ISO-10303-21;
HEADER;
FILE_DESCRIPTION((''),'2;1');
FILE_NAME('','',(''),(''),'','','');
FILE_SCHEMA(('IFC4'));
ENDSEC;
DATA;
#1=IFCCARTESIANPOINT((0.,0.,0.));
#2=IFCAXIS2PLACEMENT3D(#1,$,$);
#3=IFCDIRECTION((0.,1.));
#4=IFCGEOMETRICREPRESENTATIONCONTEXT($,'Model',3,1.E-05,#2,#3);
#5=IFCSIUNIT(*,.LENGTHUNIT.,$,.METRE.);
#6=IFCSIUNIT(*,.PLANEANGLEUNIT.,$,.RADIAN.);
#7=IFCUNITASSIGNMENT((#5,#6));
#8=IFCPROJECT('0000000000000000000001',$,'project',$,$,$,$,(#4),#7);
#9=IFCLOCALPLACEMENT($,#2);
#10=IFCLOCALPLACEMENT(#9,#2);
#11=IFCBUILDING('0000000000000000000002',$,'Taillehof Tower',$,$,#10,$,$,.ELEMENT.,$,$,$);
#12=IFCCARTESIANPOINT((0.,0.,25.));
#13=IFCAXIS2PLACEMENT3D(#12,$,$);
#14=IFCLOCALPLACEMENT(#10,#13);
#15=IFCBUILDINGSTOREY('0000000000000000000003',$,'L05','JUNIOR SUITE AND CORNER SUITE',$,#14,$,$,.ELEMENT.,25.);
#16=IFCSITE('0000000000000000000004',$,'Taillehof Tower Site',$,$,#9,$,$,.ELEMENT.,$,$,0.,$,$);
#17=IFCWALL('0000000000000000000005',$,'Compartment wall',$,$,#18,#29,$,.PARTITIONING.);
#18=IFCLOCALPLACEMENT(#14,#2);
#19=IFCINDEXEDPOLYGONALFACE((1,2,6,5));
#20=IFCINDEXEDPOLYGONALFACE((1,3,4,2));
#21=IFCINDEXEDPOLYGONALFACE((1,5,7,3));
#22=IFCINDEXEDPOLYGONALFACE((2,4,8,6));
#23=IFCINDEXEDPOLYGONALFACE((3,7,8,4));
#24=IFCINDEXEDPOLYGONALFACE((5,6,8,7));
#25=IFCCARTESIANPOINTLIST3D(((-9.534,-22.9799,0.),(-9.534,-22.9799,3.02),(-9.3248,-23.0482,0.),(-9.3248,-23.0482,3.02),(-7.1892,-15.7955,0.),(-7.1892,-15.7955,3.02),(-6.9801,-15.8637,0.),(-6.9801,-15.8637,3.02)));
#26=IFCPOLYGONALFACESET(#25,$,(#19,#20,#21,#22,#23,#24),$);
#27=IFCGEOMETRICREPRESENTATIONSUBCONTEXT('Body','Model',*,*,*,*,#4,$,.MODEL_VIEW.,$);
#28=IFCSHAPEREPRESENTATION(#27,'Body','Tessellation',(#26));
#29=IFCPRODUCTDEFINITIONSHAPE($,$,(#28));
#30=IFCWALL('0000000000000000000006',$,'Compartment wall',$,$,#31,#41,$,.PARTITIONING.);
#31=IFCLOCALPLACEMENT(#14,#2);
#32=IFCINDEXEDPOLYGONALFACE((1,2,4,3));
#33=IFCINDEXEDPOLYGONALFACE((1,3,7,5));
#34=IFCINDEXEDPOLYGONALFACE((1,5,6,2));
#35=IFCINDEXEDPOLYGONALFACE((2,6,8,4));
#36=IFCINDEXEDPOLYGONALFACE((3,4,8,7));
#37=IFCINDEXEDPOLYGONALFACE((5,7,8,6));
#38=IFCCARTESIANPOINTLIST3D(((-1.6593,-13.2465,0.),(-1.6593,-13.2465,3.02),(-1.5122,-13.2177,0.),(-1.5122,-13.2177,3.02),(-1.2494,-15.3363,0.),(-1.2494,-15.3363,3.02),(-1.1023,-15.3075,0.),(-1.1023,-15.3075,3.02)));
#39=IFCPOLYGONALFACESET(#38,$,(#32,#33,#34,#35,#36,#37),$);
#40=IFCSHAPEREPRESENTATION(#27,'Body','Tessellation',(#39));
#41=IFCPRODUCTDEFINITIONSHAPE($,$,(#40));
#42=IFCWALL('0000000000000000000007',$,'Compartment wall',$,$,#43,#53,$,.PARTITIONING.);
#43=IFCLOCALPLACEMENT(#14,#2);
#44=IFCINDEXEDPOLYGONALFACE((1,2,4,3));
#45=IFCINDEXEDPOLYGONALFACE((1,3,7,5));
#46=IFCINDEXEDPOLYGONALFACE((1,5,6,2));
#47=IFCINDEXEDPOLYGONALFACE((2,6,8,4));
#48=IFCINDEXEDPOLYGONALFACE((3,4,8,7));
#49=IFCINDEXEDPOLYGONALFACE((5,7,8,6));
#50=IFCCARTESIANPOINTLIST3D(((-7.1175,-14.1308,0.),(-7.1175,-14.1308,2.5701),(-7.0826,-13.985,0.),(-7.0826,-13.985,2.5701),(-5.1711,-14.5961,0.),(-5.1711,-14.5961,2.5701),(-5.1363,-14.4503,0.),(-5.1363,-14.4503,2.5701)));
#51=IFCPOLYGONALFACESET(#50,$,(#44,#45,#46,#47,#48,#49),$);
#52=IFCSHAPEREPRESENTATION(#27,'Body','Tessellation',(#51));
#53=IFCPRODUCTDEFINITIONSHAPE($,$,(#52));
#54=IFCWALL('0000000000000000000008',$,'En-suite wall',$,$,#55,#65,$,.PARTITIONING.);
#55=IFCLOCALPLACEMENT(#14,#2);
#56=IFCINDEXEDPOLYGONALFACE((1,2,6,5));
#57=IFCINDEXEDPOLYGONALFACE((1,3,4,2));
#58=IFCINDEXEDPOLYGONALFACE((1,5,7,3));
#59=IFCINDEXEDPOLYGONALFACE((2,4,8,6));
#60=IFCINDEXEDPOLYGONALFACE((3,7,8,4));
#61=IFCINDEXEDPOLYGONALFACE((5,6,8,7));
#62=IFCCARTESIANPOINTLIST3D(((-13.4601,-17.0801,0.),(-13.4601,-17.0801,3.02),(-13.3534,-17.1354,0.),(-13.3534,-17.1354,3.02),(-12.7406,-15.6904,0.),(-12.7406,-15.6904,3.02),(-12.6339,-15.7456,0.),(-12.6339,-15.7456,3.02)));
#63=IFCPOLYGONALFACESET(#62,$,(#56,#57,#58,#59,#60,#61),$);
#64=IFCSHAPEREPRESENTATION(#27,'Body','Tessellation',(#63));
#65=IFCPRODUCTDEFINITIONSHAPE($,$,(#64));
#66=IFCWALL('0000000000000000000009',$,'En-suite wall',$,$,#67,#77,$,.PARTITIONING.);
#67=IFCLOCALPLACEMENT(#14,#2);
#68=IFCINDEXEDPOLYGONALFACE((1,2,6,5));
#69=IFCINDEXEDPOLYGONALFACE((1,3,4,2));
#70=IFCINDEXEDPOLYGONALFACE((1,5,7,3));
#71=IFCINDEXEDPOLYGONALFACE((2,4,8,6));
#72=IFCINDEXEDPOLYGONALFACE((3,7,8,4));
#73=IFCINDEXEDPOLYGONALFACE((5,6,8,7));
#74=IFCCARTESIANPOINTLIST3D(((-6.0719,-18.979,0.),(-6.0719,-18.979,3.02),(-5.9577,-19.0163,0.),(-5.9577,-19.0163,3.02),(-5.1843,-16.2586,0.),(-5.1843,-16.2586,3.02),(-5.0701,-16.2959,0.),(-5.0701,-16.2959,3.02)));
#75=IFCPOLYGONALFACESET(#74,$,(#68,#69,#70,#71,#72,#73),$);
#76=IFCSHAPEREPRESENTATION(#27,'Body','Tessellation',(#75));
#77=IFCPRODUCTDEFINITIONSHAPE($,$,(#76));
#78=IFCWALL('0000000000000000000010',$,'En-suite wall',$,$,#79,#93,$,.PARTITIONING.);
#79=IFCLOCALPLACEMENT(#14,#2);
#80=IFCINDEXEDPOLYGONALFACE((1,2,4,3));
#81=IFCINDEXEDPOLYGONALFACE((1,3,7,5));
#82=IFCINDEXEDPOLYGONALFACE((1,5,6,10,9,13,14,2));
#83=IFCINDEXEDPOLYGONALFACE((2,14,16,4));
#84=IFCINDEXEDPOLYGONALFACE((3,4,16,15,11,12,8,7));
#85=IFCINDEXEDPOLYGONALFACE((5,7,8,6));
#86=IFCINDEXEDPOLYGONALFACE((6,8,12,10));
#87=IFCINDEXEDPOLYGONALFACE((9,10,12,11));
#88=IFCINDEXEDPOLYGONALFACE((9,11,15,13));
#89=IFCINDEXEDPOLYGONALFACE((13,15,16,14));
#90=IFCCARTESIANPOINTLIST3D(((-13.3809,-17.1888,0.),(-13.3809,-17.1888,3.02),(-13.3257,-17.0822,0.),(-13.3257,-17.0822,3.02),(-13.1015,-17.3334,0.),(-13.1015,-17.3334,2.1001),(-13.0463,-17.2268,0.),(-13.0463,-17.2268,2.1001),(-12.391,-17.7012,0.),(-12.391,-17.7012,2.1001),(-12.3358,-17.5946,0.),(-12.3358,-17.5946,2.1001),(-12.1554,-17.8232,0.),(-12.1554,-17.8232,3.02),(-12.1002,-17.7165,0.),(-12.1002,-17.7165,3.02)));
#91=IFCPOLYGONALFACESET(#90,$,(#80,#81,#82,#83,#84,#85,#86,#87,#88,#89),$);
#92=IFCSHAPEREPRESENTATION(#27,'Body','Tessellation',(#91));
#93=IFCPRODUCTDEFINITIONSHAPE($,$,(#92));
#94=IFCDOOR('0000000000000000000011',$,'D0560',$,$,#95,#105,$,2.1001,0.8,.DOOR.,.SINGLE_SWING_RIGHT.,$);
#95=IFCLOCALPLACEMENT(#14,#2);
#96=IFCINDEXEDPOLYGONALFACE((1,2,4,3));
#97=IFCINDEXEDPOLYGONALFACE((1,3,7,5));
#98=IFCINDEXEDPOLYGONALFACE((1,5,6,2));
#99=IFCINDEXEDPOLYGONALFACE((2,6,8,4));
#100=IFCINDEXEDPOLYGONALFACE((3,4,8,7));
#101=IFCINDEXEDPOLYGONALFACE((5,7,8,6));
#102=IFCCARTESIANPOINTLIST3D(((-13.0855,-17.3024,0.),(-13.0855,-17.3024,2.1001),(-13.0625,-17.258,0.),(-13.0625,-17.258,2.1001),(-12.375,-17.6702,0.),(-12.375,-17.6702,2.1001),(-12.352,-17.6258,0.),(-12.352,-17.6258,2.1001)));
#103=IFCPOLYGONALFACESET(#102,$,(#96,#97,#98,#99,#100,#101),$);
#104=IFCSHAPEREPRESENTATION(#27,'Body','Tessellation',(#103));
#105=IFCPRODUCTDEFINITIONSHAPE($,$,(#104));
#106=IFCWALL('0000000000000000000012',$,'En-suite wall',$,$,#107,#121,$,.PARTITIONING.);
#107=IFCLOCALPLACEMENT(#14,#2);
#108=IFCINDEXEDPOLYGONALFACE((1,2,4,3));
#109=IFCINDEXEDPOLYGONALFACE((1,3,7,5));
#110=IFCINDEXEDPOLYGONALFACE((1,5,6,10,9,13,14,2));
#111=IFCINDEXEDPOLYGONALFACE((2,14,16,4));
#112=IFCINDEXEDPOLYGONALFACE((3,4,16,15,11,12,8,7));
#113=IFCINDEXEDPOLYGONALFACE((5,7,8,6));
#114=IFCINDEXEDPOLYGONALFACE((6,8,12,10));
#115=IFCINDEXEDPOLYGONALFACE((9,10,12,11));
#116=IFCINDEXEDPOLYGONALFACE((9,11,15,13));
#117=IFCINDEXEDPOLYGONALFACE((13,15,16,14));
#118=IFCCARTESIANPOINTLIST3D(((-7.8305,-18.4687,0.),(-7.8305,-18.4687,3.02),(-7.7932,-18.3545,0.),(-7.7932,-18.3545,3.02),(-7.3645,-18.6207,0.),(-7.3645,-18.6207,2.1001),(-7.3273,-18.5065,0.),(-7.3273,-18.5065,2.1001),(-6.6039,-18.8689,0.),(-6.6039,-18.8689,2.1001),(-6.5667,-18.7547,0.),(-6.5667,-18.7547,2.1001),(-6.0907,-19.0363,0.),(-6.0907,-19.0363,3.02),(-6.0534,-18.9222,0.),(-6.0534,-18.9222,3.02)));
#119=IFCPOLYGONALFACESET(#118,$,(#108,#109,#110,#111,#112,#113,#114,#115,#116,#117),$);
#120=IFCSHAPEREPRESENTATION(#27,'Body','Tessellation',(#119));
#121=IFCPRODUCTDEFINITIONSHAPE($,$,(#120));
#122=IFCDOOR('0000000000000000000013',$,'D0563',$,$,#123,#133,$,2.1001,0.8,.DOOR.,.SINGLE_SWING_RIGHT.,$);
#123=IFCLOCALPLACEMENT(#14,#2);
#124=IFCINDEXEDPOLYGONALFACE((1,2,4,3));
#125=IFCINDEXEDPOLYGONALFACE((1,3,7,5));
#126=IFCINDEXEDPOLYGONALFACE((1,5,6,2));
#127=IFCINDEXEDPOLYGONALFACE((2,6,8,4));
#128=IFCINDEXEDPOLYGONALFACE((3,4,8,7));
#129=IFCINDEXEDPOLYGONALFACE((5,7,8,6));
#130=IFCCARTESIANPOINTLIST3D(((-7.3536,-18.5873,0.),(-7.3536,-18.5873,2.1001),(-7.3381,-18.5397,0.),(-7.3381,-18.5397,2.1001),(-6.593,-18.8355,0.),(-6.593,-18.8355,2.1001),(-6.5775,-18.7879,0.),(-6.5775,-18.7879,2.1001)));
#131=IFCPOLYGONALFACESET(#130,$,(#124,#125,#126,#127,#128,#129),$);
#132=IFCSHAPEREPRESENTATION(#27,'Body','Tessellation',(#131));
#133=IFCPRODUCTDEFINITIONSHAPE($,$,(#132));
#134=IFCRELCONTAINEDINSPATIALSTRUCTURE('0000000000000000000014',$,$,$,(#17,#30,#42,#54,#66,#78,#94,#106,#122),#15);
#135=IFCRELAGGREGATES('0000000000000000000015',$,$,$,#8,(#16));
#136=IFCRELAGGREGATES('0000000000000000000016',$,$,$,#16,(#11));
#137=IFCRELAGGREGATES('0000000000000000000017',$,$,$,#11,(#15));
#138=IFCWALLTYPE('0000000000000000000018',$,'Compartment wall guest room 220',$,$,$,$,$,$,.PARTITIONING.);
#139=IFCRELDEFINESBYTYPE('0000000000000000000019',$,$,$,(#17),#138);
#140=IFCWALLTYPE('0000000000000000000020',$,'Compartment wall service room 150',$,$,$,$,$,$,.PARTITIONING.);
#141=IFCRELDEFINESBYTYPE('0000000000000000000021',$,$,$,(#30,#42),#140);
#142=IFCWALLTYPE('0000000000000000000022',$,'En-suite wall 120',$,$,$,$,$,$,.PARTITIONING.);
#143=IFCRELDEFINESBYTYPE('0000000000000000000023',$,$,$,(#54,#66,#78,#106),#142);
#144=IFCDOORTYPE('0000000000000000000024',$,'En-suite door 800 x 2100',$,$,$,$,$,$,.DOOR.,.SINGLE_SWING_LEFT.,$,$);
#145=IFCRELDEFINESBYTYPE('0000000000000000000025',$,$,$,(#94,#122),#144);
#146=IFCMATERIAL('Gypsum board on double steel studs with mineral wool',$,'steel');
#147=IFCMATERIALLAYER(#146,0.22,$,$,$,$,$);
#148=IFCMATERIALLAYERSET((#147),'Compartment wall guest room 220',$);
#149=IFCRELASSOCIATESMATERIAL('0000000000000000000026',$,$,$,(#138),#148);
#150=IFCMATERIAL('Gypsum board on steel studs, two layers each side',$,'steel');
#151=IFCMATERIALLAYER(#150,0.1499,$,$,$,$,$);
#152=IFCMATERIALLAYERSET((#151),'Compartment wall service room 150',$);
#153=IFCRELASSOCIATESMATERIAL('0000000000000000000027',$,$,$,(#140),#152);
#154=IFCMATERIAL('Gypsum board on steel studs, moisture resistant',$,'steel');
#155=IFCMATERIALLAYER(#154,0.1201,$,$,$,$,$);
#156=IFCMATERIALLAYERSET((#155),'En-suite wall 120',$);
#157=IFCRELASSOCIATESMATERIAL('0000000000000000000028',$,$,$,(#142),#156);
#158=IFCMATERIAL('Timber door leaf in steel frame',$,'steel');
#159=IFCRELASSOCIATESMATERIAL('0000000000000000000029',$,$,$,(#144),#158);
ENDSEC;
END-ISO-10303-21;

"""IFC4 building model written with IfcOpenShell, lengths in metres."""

from ifc_helpers import new_model, si_unit, direction, frame, frame_2d, origin, place, context, subcontext, project, spatial, rectangle, extrude, material, layer, layer_set, type_object, element, fill, save


model = new_model("IFC4")

# Units and contexts
model_context = context("Model", 3, precision=1e-05, world=origin(), true_north=direction((0.0, 1.0)))
body_context = subcontext(model_context, "Body", "Model", "MODEL_VIEW")
ifc_project = project(units=[si_unit("LENGTHUNIT", "METRE"), si_unit("PLANEANGLEUNIT", "RADIAN")], contexts=[model_context])

# Site, building, storey
site_placement = place(None, origin())
site = spatial("IfcSite", under=ifc_project, at=site_placement, Name="Taillehof Tower Site", CompositionType="ELEMENT", RefElevation=0.0)
building_placement = place(site_placement, origin())
building = spatial("IfcBuilding", under=site, at=building_placement, Name="Taillehof Tower", CompositionType="ELEMENT")
storey_placement = place(building_placement, frame((0.0, 0.0, 25.0)))
storey = spatial("IfcBuildingStorey", under=building, at=storey_placement, Name="L05", Description="JUNIOR SUITE AND CORNER SUITE", CompositionType="ELEMENT", Elevation=25.0)

# Walls
ifc_material_1 = material(Name="Gypsum board on double steel studs with mineral wool", Category="steel")
ifc_layer_1 = layer(ifc_material_1, 0.22)
ifc_layer_set_1 = layer_set([ifc_layer_1], Name="Compartment wall guest room 220")
wall_type_1 = type_object("IfcWallType", Name="Compartment wall guest room 220", PredefinedType="PARTITIONING", material=ifc_layer_set_1)
wall_1_placement = place(storey_placement, frame((-9.4294, -23.0142, 0.0), z_axis=(0.0, 0.0, 1.0), x_axis=(0.310261, 0.950651, 0.0)))
element("IfcWall", 1, at=wall_1_placement, inside=storey, type_object=wall_type_1, Name="Compartment wall", PredefinedType="PARTITIONING", context=body_context, shape_type="SweptSolid", body=[
    extrude(rectangle(XDim=7.5574, YDim=0.22, at=frame_2d((3.7788, 0.0))), origin(), (0.0, 0.0, 1.0), 3.02),
])
ifc_material_2 = material(Name="Gypsum board on steel studs, two layers each side", Category="steel")
ifc_layer_2 = layer(ifc_material_2, 0.1499)
ifc_layer_set_2 = layer_set([ifc_layer_2], Name="Compartment wall service room 150")
wall_type_2 = type_object("IfcWallType", Name="Compartment wall service room 150", PredefinedType="PARTITIONING", material=ifc_layer_set_2)
wall_2_placement = place(storey_placement, frame((-1.1758, -15.322, 0.0), z_axis=(0.0, 0.0, 1.0), x_axis=(-0.192477, 0.981301, 0.0)))
element("IfcWall", 2, at=wall_2_placement, inside=storey, type_object=wall_type_2, Name="Compartment wall", PredefinedType="PARTITIONING", context=body_context, shape_type="SweptSolid", body=[
    extrude(rectangle(XDim=2.1296, YDim=0.1499, at=frame_2d((1.0649, 0.0))), origin(), (0.0, 0.0, 1.0), 3.02),
])
wall_3_placement = place(storey_placement, frame((-5.1538, -14.5232, 0.0), z_axis=(0.0, 0.0, 1.0), x_axis=(-0.972588, 0.232533, 0.0)))
element("IfcWall", 3, at=wall_3_placement, inside=storey, type_object=wall_type_2, Name="Compartment wall", PredefinedType="PARTITIONING", context=body_context, shape_type="SweptSolid", body=[
    extrude(rectangle(XDim=2.0012, YDim=0.1499, at=frame_2d((1.0005, 0.0))), origin(), (0.0, 0.0, 1.0), 2.5701),
])
ifc_material_3 = material(Name="Gypsum board on steel studs, moisture resistant", Category="steel")
ifc_layer_3 = layer(ifc_material_3, 0.1201)
ifc_layer_set_3 = layer_set([ifc_layer_3], Name="En-suite wall 120")
wall_type_3 = type_object("IfcWallType", Name="En-suite wall 120", PredefinedType="PARTITIONING", material=ifc_layer_set_3)
wall_4_placement = place(storey_placement, frame((-12.6873, -15.718, 0.0), z_axis=(0.0, 0.0, 1.0), x_axis=(-0.459775, -0.888035, 0.0)))
element("IfcWall", 4, at=wall_4_placement, inside=storey, type_object=wall_type_3, Name="En-suite wall", PredefinedType="PARTITIONING", context=body_context, shape_type="SweptSolid", body=[
    extrude(rectangle(XDim=1.5649, YDim=0.1201, at=frame_2d((0.7825, 0.0))), origin(), (0.0, 0.0, 1.0), 3.02),
])
wall_5_placement = place(storey_placement, frame((-5.1272, -16.2773, 0.0), z_axis=(0.0, 0.0, 1.0), x_axis=(-0.310207, -0.950669, 0.0)))
element("IfcWall", 5, at=wall_5_placement, inside=storey, type_object=wall_type_3, Name="En-suite wall", PredefinedType="PARTITIONING", context=body_context, shape_type="SweptSolid", body=[
    extrude(rectangle(XDim=2.8616, YDim=0.1201, at=frame_2d((1.4307, 0.0))), origin(), (0.0, 0.0, 1.0), 3.02),
])

# Walls, openings, doors
wall_6_placement = place(storey_placement, frame((-13.3533, -17.1355, 0.0), z_axis=(0.0, 0.0, 1.0), x_axis=(0.888076, -0.459697, 0.0)))
wall_6 = element("IfcWall", 6, at=wall_6_placement, inside=storey, type_object=wall_type_3, Name="En-suite wall", PredefinedType="PARTITIONING", context=body_context, shape_type="SweptSolid", body=[
    extrude(rectangle(XDim=1.3799, YDim=0.1201, at=frame_2d((0.6899, 0.0))), origin(), (0.0, 0.0, 1.0), 3.02),
])
opening_1_placement = place(wall_6_placement, frame((0.3147, 0.0, 0.0)))
opening_1 = element("IfcOpeningElement", 7, at=opening_1_placement, cuts=wall_6, PredefinedType="OPENING", context=body_context, shape_type="SweptSolid", body=[
    extrude(rectangle(XDim=0.8, YDim=2.1001, at=frame_2d((0.3999, 1.05))), frame((0.0, 0.0701, 0.0), z_axis=(0.0, -1.0, 0.0), x_axis=(1.0, 0.0, 0.0)), (0.0, 0.0, 1.0), 0.1401),
])
ifc_material_4 = material(Name="Timber door leaf in steel frame", Category="steel")
door_type_1 = type_object("IfcDoorType", Name="En-suite door 800 x 2100", OperationType="SINGLE_SWING_LEFT", PredefinedType="DOOR", material=ifc_material_4)
door_1_placement = place(opening_1_placement, origin())
door_1 = element("IfcDoor", 8, at=door_1_placement, inside=storey, type_object=door_type_1, Name="D0560", OperationType="SINGLE_SWING_RIGHT", OverallHeight=2.1001, OverallWidth=0.8, PredefinedType="DOOR", context=body_context, shape_type="SweptSolid", body=[
    extrude(rectangle(XDim=0.8, YDim=2.1001, at=frame_2d((0.3999, 1.05))), frame((0.0, 0.0249, 0.0), z_axis=(0.0, -1.0, 0.0), x_axis=(1.0, 0.0, 0.0)), (0.0, 0.0, 1.0), 0.05),
])
fill(opening_1, door_1)
wall_7_placement = place(storey_placement, frame((-6.072, -18.9792, 0.0), z_axis=(0.0, 0.0, 1.0), x_axis=(-0.950679, 0.310178, 0.0)))
wall_7 = element("IfcWall", 9, at=wall_7_placement, inside=storey, type_object=wall_type_3, Name="En-suite wall", PredefinedType="PARTITIONING", context=body_context, shape_type="SweptSolid", body=[
    extrude(rectangle(XDim=1.8301, YDim=0.1201, at=frame_2d((0.915, 0.0))), origin(), (0.0, 0.0, 1.0), 3.02),
])
opening_2_placement = place(wall_7_placement, frame((0.54, 0.0, 0.0)))
opening_2 = element("IfcOpeningElement", 10, at=opening_2_placement, cuts=wall_7, PredefinedType="OPENING", context=body_context, shape_type="SweptSolid", body=[
    extrude(rectangle(XDim=0.8, YDim=2.1001, at=frame_2d((0.3999, 1.05))), frame((0.0, 0.0701, 0.0), z_axis=(0.0, -1.0, 0.0), x_axis=(1.0, 0.0, 0.0)), (0.0, 0.0, 1.0), 0.1401),
])
door_2_placement = place(opening_2_placement, origin())
door_2 = element("IfcDoor", 11, at=door_2_placement, inside=storey, type_object=door_type_1, Name="D0563", OperationType="SINGLE_SWING_RIGHT", OverallHeight=2.1001, OverallWidth=0.8, PredefinedType="DOOR", context=body_context, shape_type="SweptSolid", body=[
    extrude(rectangle(XDim=0.8, YDim=2.1001, at=frame_2d((0.3999, 1.05))), frame((0.0, 0.0249, 0.0), z_axis=(0.0, -1.0, 0.0), x_axis=(1.0, 0.0, 0.0)), (0.0, 0.0, 1.0), 0.05),
])
fill(opening_2, door_2)

save(model, "model.ifc")
